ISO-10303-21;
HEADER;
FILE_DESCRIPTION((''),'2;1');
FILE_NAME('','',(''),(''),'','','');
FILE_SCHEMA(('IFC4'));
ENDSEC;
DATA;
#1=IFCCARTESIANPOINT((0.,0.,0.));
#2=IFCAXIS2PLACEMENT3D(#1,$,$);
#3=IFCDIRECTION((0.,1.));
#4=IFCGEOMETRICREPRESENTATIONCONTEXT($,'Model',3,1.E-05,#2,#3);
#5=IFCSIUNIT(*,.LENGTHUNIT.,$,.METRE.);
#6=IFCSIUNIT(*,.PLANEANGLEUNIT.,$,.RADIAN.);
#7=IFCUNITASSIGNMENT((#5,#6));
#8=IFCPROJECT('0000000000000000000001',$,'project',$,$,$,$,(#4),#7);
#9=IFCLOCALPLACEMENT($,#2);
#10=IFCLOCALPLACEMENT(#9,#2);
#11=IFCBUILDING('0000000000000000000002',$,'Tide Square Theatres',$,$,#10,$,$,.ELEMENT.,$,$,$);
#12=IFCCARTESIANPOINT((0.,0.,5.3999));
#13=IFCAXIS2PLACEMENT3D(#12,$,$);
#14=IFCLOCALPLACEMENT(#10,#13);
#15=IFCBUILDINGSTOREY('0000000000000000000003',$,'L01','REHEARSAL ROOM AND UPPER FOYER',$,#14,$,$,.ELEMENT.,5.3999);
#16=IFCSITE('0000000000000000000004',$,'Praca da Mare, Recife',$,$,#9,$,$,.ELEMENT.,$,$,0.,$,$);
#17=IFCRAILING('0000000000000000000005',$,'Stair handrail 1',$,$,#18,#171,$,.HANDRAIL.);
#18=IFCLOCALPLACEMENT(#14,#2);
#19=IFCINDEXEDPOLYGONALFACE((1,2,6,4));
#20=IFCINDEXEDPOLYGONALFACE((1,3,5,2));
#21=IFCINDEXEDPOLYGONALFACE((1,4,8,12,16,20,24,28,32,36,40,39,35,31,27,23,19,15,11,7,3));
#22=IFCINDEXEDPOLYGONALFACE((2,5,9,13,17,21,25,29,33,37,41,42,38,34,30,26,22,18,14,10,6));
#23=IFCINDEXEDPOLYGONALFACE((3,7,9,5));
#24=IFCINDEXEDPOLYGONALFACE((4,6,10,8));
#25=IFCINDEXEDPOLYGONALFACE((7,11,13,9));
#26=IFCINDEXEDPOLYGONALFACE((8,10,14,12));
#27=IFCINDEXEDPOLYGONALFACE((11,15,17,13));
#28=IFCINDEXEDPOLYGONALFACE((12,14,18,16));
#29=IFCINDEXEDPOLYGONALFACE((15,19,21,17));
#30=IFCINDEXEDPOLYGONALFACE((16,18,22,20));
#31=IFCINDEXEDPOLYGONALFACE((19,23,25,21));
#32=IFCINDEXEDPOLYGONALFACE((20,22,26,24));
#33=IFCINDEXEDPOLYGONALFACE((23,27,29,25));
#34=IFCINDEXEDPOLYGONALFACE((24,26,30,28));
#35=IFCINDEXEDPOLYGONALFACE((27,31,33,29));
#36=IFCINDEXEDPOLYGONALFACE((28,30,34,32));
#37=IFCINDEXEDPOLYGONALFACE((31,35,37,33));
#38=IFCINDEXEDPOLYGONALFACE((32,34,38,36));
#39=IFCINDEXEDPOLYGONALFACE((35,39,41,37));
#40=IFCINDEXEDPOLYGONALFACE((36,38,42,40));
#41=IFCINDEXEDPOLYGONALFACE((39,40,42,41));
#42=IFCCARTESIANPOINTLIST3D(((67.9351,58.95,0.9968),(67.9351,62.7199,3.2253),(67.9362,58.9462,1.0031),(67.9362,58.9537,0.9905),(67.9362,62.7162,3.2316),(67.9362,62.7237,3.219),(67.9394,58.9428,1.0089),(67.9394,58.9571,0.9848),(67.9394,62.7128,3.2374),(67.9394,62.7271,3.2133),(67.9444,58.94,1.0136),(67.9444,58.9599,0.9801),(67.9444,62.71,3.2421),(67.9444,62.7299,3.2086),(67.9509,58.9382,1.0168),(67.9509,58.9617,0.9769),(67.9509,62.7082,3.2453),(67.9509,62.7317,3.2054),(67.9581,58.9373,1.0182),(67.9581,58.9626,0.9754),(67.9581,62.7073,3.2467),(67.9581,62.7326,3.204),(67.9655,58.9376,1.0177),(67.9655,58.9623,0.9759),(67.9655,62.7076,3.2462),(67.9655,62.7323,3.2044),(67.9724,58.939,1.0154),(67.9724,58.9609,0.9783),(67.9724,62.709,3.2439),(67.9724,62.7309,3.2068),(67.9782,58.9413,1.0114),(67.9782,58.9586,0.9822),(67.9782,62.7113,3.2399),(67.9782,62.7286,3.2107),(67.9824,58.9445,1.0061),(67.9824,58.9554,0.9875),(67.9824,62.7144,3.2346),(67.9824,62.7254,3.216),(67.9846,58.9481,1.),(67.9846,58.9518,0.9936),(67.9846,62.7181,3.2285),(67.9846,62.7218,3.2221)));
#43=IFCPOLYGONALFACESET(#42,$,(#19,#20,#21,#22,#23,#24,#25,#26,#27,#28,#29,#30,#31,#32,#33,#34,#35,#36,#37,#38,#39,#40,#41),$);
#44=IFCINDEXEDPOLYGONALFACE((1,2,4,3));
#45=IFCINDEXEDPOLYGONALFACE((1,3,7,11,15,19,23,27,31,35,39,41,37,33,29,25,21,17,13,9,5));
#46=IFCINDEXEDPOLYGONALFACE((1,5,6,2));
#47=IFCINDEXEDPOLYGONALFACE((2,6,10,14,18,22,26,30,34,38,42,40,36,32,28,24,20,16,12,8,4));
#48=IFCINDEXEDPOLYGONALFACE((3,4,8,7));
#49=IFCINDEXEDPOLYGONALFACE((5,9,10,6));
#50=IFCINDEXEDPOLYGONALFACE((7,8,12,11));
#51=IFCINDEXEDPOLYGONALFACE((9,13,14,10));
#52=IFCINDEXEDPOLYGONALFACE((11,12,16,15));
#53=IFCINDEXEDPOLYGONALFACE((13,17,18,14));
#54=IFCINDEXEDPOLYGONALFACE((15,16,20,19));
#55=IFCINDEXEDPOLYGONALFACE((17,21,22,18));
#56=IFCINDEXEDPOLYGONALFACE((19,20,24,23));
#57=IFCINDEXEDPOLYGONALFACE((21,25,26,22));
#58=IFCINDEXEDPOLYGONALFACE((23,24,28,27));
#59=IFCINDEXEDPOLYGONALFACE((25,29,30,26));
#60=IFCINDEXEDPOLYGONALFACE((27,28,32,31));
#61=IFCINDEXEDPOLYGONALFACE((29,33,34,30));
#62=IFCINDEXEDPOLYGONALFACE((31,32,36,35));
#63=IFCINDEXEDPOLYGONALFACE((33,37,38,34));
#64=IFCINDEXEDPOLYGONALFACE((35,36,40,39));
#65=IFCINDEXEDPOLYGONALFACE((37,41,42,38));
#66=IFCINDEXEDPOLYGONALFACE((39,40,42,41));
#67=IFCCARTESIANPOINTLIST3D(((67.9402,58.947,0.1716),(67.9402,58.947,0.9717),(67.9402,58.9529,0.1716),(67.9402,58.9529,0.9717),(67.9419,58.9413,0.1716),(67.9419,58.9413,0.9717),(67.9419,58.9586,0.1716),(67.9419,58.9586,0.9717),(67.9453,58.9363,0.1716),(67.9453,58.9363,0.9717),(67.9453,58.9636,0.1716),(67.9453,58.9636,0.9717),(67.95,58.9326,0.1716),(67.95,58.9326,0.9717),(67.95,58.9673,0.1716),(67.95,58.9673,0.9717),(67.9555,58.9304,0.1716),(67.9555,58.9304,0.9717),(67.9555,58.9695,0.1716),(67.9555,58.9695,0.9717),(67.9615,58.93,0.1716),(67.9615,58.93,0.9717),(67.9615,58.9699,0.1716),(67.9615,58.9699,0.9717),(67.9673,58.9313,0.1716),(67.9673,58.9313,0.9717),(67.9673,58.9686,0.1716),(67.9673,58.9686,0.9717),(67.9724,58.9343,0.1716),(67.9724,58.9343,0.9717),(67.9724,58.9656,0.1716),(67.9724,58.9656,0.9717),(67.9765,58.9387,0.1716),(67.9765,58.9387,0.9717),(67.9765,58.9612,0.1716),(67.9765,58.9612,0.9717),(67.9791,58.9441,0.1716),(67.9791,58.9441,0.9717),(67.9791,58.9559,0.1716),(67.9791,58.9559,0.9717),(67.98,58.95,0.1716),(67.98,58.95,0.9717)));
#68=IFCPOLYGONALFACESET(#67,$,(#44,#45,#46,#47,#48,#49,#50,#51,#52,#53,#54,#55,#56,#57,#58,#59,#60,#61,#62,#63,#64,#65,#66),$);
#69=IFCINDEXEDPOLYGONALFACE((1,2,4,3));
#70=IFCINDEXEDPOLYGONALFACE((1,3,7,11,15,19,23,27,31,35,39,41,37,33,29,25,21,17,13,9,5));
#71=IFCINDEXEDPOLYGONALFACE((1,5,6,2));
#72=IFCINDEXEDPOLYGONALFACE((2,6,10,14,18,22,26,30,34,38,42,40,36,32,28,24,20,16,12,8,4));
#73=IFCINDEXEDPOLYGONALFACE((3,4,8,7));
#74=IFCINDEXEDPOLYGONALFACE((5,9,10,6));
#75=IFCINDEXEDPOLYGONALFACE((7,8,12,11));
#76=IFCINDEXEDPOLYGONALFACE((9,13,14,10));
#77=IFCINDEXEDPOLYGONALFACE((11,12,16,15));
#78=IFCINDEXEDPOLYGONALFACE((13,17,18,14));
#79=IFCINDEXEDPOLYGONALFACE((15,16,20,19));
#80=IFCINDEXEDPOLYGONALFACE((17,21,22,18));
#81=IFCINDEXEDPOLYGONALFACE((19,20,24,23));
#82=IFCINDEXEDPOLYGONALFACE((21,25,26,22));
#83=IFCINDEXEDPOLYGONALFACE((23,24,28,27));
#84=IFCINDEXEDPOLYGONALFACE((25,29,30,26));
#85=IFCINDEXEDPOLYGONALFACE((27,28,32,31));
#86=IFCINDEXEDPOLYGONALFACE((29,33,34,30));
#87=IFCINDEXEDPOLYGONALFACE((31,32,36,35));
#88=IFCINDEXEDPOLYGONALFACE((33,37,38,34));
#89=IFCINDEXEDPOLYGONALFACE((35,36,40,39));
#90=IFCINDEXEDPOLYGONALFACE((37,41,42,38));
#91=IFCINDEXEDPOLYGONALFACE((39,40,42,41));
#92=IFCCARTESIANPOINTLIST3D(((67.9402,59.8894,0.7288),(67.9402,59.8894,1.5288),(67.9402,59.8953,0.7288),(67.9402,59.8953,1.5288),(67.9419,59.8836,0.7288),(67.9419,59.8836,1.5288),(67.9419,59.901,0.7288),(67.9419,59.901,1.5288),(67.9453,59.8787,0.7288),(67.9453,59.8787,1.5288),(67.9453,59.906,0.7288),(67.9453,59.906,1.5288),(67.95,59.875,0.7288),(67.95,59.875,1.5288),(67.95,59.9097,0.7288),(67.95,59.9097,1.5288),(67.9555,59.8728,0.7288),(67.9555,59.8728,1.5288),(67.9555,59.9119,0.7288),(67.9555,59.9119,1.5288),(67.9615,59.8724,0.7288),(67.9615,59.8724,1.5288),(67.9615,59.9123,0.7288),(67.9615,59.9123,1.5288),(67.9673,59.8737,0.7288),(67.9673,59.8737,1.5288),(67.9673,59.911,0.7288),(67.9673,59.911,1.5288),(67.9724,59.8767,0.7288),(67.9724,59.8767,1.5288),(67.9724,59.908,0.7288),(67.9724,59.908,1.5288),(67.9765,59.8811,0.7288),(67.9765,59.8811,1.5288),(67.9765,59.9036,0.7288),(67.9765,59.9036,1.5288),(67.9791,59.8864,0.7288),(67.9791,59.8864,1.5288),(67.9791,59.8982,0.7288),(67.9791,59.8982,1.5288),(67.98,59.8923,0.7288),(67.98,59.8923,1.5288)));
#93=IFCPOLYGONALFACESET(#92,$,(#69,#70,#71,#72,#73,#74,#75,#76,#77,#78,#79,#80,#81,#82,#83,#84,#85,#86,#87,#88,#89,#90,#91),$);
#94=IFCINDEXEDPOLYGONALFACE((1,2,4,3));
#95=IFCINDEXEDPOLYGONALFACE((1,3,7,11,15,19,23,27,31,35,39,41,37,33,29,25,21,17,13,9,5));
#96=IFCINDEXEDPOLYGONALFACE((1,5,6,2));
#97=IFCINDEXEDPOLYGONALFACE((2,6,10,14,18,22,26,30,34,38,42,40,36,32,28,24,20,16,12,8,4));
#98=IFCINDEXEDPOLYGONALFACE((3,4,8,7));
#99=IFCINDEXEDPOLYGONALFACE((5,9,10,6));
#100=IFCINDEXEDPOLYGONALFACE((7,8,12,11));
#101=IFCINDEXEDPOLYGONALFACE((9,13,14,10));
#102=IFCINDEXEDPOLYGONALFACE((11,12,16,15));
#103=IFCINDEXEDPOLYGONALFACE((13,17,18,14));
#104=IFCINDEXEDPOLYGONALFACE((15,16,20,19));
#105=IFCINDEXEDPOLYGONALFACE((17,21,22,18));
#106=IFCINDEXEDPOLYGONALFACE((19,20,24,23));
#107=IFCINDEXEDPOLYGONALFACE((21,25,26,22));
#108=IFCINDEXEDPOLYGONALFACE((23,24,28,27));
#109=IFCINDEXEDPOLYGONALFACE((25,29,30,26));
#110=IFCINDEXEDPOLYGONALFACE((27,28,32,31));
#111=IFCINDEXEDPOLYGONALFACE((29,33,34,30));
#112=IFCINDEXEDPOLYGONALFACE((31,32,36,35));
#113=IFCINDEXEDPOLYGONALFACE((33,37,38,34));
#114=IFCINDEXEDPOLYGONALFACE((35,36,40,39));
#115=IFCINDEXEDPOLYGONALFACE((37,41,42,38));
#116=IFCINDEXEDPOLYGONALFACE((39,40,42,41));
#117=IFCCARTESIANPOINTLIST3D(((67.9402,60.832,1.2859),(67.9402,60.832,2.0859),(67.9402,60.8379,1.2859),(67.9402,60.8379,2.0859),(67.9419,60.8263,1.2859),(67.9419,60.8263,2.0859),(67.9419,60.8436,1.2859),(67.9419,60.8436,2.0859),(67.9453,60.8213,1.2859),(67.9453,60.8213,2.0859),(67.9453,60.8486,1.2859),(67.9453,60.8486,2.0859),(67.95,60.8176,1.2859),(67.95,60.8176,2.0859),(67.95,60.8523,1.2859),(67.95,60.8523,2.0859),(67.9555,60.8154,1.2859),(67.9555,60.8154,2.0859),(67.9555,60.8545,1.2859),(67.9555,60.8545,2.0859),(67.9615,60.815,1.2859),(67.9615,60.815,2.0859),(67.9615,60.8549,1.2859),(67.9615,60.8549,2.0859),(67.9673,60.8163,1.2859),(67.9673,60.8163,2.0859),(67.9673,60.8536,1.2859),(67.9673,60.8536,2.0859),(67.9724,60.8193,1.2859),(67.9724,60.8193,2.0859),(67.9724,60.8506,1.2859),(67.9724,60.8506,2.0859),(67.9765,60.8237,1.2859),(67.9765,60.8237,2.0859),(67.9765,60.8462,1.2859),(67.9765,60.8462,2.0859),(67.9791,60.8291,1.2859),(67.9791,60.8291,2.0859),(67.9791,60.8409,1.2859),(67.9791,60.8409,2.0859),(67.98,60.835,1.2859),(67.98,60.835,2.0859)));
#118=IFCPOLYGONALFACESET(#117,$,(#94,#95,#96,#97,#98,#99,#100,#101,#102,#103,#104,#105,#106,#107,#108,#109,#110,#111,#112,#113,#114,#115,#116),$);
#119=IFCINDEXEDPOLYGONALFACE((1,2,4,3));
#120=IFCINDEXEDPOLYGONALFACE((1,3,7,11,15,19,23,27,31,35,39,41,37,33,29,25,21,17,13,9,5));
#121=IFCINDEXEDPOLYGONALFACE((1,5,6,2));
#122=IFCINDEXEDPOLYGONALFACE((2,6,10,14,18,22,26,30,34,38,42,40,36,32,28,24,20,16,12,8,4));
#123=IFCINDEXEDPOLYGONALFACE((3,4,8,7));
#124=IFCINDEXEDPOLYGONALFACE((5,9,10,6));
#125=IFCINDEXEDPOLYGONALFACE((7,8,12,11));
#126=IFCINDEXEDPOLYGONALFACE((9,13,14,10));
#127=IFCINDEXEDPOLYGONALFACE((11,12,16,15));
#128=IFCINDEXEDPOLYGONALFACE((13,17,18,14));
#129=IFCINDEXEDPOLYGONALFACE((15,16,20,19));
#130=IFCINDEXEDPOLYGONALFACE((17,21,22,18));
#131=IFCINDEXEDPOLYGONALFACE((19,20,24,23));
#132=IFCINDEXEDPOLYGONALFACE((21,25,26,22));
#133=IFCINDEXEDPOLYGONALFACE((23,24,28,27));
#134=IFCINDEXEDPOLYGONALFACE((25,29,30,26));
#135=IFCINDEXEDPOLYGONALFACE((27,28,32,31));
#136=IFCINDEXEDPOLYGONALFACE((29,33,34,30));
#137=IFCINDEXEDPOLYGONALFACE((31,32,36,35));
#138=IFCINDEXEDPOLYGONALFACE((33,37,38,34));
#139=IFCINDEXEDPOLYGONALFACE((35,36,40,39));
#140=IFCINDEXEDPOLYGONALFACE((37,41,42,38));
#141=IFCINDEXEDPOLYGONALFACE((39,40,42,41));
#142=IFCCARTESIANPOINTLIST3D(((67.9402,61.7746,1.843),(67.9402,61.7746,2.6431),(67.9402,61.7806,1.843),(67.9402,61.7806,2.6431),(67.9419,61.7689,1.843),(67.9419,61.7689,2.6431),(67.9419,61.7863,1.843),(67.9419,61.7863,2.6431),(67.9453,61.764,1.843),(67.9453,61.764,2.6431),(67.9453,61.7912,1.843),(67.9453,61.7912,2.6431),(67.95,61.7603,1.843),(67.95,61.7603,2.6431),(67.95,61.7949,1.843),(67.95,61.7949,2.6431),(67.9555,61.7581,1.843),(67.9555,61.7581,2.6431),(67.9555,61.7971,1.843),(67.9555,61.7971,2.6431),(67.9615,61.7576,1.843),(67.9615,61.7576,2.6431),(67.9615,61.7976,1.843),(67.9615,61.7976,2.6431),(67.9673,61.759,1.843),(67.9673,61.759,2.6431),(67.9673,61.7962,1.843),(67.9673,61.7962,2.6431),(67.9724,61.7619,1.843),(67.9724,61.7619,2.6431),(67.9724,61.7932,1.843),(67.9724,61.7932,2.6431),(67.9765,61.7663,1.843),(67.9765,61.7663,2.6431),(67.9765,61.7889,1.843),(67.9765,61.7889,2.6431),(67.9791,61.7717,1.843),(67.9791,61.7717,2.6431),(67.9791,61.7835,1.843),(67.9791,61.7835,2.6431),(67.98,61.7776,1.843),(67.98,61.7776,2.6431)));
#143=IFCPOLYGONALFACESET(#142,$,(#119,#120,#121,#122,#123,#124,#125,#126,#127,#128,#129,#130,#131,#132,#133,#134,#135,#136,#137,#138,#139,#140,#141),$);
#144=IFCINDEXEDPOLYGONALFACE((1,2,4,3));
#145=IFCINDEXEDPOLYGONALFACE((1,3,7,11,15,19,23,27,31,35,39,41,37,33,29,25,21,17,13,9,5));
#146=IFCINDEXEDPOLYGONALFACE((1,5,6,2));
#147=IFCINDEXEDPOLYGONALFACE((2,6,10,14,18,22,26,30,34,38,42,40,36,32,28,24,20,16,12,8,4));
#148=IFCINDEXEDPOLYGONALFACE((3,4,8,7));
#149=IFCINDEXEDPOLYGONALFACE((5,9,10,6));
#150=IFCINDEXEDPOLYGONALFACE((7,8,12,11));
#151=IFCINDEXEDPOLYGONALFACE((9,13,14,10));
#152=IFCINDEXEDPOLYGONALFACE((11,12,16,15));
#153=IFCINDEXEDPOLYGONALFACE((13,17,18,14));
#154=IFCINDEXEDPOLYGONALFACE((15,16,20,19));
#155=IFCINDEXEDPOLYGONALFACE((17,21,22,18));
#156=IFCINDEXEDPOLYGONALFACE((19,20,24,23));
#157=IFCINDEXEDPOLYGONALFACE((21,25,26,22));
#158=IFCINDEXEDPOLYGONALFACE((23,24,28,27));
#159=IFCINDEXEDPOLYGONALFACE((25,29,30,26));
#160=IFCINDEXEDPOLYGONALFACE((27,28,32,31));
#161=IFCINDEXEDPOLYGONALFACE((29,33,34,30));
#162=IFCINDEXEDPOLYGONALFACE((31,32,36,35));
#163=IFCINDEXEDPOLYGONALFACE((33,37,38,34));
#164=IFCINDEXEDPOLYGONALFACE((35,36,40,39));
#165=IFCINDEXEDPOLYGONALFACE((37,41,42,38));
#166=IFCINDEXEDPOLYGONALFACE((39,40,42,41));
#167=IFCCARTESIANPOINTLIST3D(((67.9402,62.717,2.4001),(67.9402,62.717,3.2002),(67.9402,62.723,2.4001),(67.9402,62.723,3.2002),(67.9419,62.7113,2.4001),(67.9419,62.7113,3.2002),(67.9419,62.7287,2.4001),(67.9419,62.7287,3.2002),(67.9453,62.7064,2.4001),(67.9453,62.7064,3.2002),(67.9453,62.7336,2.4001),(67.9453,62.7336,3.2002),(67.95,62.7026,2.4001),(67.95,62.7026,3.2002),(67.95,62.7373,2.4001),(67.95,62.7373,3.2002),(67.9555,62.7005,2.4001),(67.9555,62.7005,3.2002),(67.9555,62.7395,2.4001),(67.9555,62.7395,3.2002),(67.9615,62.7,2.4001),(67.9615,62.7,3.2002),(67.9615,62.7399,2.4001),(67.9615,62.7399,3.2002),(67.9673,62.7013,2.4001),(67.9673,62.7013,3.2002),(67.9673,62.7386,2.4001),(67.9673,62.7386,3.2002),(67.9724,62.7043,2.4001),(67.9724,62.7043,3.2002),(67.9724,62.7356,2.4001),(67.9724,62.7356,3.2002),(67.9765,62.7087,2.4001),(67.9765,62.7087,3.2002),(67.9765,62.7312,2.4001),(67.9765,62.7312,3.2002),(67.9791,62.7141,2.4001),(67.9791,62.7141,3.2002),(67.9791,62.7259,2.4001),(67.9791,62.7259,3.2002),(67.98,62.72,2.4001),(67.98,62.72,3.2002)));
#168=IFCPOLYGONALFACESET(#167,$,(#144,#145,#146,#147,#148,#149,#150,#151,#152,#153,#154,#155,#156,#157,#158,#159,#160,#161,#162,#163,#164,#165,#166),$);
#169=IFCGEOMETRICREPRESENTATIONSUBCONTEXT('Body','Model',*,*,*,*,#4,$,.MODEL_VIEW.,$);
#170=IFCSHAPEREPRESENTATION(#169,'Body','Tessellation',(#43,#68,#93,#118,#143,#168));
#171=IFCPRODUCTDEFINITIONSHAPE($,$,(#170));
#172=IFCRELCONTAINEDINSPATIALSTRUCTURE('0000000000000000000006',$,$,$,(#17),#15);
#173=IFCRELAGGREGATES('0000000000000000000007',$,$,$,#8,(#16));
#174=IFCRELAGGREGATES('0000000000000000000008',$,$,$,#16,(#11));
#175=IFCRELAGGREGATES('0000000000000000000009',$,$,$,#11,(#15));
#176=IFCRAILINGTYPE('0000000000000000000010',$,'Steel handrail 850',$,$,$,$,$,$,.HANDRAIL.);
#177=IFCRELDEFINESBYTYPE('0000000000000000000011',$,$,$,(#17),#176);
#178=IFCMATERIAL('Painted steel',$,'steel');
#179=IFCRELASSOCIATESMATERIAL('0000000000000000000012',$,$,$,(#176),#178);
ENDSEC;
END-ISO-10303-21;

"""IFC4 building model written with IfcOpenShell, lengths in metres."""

from ifc_helpers import new_model, si_unit, direction, frame, origin, origin_2d, place, context, subcontext, project, spatial, circle, extrude, material, type_object, element, save


model = new_model("IFC4")

# Units and contexts
model_context = context("Model", 3, precision=1e-05, world=origin(), true_north=direction((0.0, 1.0)))
body_context = subcontext(model_context, "Body", "Model", "MODEL_VIEW")
ifc_project = project(units=[si_unit("LENGTHUNIT", "METRE"), si_unit("PLANEANGLEUNIT", "RADIAN")], contexts=[model_context])

# Site, building, storey
site_placement = place(None, origin())
site = spatial("IfcSite", under=ifc_project, at=site_placement, Name="Praca da Mare, Recife", CompositionType="ELEMENT", RefElevation=0.0)
building_placement = place(site_placement, origin())
building = spatial("IfcBuilding", under=site, at=building_placement, Name="Tide Square Theatres", CompositionType="ELEMENT")
storey_placement = place(building_placement, frame((0.0, 0.0, 5.3999)))
storey = spatial("IfcBuildingStorey", under=building, at=storey_placement, Name="L01", Description="REHEARSAL ROOM AND UPPER FOYER", CompositionType="ELEMENT", Elevation=5.3999)

# Railing
ifc_material_1 = material(Name="Painted steel", Category="steel")
railing_type = type_object("IfcRailingType", Name="Steel handrail 850", PredefinedType="HANDRAIL", material=ifc_material_1)
for number, where, name in (
    (1, (67.96, 58.95, 0.1716), "Stair handrail 1"),
):
    element("IfcRailing", number, at=place(storey_placement, frame(where)), inside=storey, type_object=railing_type, Name=name, PredefinedType="HANDRAIL", context=body_context, shape_type="SweptSolid", body=[
        extrude(circle(Radius=0.0249, at=origin_2d()), frame((0.0, 0.0, 0.8252), z_axis=(0.0, 0.860849, 0.508861), x_axis=(-1.0, 0.0, 0.0)), (0.0, 0.0, 1.0), 4.3794),
        extrude(circle(Radius=0.02, at=origin_2d()), origin(), (0.0, 0.0, 1.0), 0.8),
        extrude(circle(Radius=0.02, at=origin_2d()), frame((0.0, 0.9424, 0.5571)), (0.0, 0.0, 1.0), 0.8),
        extrude(circle(Radius=0.02, at=origin_2d()), frame((0.0, 1.885, 1.1143)), (0.0, 0.0, 1.0), 0.8),
        extrude(circle(Radius=0.02, at=origin_2d()), frame((0.0, 2.8276, 1.6714)), (0.0, 0.0, 1.0), 0.8),
        extrude(circle(Radius=0.02, at=origin_2d()), frame((0.0, 3.77, 2.2285)), (0.0, 0.0, 1.0), 0.8),
    ])

save(model, "model.ifc")
